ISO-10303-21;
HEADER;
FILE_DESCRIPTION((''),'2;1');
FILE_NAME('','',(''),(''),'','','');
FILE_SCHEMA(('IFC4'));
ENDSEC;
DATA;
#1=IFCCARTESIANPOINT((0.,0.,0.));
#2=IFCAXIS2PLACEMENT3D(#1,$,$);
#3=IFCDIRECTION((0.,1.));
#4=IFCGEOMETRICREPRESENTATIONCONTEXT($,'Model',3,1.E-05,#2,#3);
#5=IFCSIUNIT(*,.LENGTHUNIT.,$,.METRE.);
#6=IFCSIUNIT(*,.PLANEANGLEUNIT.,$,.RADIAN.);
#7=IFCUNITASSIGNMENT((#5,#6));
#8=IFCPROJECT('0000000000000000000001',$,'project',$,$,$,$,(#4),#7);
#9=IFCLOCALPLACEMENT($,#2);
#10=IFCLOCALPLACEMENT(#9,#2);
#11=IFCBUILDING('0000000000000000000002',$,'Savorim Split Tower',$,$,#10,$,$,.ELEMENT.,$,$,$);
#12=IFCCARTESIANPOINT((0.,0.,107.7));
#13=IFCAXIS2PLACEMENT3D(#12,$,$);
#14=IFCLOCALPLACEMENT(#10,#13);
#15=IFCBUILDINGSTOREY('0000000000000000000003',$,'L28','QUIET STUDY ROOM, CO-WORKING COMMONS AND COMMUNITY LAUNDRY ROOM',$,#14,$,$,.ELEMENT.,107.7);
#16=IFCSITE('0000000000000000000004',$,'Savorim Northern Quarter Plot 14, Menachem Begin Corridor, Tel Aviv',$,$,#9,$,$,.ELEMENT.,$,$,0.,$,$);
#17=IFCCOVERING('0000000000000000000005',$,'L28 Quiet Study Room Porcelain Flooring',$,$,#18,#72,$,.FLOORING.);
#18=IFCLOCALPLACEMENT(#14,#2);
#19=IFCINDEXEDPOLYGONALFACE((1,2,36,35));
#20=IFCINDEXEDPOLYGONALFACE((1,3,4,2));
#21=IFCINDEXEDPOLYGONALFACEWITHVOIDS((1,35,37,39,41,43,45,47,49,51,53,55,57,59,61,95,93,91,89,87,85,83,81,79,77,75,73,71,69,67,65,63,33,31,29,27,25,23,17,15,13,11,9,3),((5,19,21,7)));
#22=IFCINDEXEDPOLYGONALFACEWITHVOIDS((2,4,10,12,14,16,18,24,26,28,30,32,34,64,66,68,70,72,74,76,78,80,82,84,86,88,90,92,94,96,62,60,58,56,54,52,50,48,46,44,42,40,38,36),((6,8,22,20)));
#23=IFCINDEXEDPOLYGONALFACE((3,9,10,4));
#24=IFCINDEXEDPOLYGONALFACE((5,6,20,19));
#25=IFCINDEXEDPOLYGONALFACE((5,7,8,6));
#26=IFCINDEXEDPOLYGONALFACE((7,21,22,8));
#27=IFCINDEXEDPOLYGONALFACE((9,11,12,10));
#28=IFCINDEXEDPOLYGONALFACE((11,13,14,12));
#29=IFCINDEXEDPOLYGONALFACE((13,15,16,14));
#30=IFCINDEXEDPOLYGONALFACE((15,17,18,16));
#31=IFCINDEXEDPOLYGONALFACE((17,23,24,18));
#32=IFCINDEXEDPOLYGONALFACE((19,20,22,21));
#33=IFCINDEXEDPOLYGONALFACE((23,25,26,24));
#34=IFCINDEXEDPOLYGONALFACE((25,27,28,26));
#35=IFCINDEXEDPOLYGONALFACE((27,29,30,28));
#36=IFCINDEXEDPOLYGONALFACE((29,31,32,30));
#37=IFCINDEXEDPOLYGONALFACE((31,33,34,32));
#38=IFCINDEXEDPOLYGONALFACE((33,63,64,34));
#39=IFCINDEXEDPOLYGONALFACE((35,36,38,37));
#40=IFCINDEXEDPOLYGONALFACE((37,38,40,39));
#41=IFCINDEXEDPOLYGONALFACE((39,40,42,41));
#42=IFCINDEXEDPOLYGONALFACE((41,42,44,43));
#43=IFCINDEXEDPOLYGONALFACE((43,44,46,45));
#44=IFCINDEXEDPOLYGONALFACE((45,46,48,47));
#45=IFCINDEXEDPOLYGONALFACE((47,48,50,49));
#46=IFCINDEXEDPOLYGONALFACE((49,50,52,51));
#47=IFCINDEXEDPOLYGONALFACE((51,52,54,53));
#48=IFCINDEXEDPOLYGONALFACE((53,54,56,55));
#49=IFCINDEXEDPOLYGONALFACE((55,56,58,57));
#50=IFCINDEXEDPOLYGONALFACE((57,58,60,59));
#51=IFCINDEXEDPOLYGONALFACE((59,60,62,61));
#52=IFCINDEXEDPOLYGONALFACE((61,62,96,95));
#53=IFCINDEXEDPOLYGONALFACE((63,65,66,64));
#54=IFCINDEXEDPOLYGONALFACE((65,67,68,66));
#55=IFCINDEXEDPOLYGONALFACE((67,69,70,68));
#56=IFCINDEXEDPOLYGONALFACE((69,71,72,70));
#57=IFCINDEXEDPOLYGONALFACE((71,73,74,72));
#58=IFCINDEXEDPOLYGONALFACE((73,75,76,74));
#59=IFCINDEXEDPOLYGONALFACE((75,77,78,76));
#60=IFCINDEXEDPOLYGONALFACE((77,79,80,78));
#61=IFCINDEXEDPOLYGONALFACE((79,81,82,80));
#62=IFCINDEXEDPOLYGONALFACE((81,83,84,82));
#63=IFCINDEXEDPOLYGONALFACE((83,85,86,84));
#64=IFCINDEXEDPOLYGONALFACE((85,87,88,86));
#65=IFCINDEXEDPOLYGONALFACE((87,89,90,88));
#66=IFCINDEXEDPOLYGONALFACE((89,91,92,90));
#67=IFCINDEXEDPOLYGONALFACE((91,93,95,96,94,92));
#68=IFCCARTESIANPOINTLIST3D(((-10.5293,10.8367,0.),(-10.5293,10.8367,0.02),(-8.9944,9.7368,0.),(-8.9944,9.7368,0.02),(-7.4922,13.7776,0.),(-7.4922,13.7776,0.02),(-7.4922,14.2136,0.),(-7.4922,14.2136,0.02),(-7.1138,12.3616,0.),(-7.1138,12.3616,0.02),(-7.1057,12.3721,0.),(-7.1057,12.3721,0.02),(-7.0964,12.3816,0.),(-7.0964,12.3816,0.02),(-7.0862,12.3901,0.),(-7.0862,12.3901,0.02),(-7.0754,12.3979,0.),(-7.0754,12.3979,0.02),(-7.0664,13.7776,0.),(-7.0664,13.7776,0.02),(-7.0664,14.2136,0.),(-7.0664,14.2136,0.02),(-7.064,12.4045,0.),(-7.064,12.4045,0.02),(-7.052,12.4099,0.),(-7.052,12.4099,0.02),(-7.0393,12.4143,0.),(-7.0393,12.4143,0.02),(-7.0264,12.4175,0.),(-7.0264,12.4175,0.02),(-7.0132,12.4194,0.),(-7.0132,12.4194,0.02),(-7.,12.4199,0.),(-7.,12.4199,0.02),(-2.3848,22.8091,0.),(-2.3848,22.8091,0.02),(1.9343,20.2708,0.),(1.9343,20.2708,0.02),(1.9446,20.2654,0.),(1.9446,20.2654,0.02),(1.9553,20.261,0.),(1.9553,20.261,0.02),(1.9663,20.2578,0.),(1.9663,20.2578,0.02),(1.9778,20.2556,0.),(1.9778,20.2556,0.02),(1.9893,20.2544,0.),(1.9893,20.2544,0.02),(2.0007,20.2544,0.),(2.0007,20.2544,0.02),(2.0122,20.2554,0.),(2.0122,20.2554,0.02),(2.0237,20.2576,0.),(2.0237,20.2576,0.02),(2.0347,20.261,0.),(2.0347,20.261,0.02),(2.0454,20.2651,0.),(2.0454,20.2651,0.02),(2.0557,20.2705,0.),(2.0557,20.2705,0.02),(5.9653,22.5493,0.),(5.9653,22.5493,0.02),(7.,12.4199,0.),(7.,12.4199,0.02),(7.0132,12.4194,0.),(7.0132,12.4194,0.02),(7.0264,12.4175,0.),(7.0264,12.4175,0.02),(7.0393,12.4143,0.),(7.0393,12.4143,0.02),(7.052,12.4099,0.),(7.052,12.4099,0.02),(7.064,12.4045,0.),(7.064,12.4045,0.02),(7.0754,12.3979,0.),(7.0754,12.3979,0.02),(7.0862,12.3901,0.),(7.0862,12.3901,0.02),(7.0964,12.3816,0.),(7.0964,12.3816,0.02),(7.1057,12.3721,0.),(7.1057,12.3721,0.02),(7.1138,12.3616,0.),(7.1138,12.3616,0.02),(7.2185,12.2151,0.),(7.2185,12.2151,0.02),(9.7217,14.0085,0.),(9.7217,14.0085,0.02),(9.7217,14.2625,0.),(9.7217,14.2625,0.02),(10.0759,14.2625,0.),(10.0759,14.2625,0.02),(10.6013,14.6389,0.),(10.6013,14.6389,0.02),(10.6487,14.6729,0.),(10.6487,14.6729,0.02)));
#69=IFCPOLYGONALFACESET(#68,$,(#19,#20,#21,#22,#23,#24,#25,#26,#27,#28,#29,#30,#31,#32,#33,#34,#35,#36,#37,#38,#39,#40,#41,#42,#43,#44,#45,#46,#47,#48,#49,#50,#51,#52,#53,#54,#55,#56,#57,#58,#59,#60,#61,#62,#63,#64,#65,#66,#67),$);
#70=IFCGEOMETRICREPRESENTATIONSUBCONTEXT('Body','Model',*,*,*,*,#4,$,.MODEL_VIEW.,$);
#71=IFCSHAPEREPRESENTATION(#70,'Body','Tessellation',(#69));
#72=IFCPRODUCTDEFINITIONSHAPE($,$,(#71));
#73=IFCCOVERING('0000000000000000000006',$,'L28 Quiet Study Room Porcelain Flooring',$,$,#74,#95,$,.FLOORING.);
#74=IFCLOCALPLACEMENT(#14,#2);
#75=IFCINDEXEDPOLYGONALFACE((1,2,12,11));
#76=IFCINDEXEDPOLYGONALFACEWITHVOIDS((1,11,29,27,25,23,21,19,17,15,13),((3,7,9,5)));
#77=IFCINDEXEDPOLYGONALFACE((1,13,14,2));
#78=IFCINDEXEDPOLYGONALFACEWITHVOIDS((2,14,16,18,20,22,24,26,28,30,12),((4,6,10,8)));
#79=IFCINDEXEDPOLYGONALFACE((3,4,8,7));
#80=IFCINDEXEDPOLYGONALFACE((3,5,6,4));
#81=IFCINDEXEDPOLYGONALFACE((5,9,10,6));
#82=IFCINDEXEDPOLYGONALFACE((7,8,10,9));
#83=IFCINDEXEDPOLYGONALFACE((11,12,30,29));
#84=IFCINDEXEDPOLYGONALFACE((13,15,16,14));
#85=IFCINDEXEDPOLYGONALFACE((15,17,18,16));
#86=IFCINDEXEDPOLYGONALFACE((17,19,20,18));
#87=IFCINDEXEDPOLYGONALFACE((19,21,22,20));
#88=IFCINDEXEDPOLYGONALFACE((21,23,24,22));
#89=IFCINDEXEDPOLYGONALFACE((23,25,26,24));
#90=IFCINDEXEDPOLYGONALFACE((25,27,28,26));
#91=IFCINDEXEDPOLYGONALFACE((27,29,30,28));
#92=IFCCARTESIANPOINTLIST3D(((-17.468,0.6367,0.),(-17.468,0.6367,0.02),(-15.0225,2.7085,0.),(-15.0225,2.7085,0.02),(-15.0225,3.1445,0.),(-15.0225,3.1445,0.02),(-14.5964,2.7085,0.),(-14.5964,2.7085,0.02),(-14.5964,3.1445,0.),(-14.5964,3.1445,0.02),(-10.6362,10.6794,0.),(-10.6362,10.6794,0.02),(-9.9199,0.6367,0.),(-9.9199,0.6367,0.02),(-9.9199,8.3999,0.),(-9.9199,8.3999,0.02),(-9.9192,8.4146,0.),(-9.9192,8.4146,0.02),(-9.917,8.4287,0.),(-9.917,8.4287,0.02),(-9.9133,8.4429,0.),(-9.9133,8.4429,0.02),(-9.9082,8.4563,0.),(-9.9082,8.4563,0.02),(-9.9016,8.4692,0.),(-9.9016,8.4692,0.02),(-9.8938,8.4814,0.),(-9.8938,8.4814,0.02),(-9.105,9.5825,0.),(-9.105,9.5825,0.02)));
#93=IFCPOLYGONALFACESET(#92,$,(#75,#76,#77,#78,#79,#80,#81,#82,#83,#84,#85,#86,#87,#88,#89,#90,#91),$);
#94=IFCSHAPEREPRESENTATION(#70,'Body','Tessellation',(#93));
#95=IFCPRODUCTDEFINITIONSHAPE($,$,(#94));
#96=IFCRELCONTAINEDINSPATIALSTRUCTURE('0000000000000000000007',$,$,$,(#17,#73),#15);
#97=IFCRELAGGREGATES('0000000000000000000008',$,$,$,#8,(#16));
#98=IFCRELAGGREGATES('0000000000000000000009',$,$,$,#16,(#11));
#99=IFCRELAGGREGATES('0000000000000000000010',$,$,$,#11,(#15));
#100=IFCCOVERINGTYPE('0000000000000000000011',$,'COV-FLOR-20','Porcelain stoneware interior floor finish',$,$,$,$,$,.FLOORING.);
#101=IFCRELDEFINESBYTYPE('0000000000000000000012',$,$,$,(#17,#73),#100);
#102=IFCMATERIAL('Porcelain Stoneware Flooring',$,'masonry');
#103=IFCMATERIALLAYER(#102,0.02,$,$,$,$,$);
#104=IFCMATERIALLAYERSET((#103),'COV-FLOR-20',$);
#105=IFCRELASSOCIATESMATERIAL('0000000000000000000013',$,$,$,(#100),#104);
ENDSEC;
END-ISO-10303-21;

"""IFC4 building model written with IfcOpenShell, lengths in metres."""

from ifc_helpers import new_model, si_unit, direction, frame, origin, place, context, subcontext, project, spatial, polyline, outline, extrude, material, layer, layer_set, type_object, element, save


model = new_model("IFC4")

# Units and contexts
model_context = context("Model", 3, precision=1e-05, world=origin(), true_north=direction((0.0, 1.0)))
body_context = subcontext(model_context, "Body", "Model", "MODEL_VIEW")
ifc_project = project(units=[si_unit("LENGTHUNIT", "METRE"), si_unit("PLANEANGLEUNIT", "RADIAN")], contexts=[model_context])

# Site, building, storey
site_placement = place(None, origin())
site = spatial("IfcSite", under=ifc_project, at=site_placement, Name="Savorim Northern Quarter Plot 14, Menachem Begin Corridor, Tel Aviv", CompositionType="ELEMENT", RefElevation=0.0)
building_placement = place(site_placement, origin())
building = spatial("IfcBuilding", under=site, at=building_placement, Name="Savorim Split Tower", CompositionType="ELEMENT")
storey_placement = place(building_placement, frame((0.0, 0.0, 107.7)))
storey = spatial("IfcBuildingStorey", under=building, at=storey_placement, Name="L28", Description="QUIET STUDY ROOM, CO-WORKING COMMONS AND COMMUNITY LAUNDRY ROOM", CompositionType="ELEMENT", Elevation=107.7)

# Coverings
ifc_material_1 = material(Name="Porcelain Stoneware Flooring", Category="masonry")
ifc_layer_1 = layer(ifc_material_1, 0.02)
ifc_layer_set_1 = layer_set([ifc_layer_1], Name="COV-FLOR-20")
covering_type_1 = type_object("IfcCoveringType", Name="COV-FLOR-20", Description="Porcelain stoneware interior floor finish", PredefinedType="FLOORING", material=ifc_layer_set_1)
covering_1_placement = place(storey_placement, origin())
element("IfcCovering", 1, at=covering_1_placement, inside=storey, type_object=covering_type_1, Name="L28 Quiet Study Room Porcelain Flooring", PredefinedType="FLOORING", context=body_context, shape_type="SweptSolid", body=[
    extrude(outline(polyline([(1.9553, 20.261), (1.9446, 20.2654), (1.9343, 20.2708), (-2.3848, 22.8091), (-10.5293, 10.8367), (-8.9944, 9.7368), (-7.1138, 12.3616), (-7.1057, 12.3721), (-7.0964, 12.3816), (-7.0862, 12.3901), (-7.0754, 12.3979), (-7.064, 12.4045), (-7.052, 12.4099), (-7.0393, 12.4143), (-7.0264, 12.4175), (-7.0132, 12.4194), (-7.0, 12.4199), (7.0, 12.4199), (7.0132, 12.4194), (7.0264, 12.4175), (7.0393, 12.4143), (7.052, 12.4099), (7.064, 12.4045), (7.0754, 12.3979), (7.0862, 12.3901), (7.0964, 12.3816), (7.1057, 12.3721), (7.1138, 12.3616), (7.2185, 12.2151), (9.7217, 14.0085), (9.7217, 14.2625), (10.0759, 14.2625), (10.6013, 14.6389), (10.6487, 14.6729), (5.9653, 22.5493), (2.0557, 20.2705), (2.0454, 20.2651), (2.0347, 20.261), (2.0237, 20.2576), (2.0122, 20.2554), (2.0007, 20.2544), (1.9893, 20.2544), (1.9778, 20.2556), (1.9663, 20.2578), (1.9553, 20.261)]), holes=[polyline([(-7.0664, 14.2136), (-7.4922, 14.2136), (-7.4922, 13.7776), (-7.0664, 13.7776), (-7.0664, 14.2136)])]), origin(), (0.0, 0.0, 1.0), 0.02),
])
covering_2_placement = place(storey_placement, origin())
element("IfcCovering", 2, at=covering_2_placement, inside=storey, type_object=covering_type_1, Name="L28 Quiet Study Room Porcelain Flooring", PredefinedType="FLOORING", context=body_context, shape_type="SweptSolid", body=[
    extrude(outline(polyline([(-9.9082, 8.4563), (-9.9016, 8.4692), (-9.8938, 8.4814), (-9.105, 9.5825), (-10.6362, 10.6794), (-17.468, 0.6367), (-9.9199, 0.6367), (-9.9199, 8.3999), (-9.9192, 8.4146), (-9.917, 8.4287), (-9.9133, 8.4429), (-9.9082, 8.4563)]), holes=[polyline([(-15.0225, 3.1445), (-15.0225, 2.7085), (-14.5964, 2.7085), (-14.5964, 3.1445), (-15.0225, 3.1445)])]), origin(), (0.0, 0.0, 1.0), 0.02),
])

save(model, "model.ifc")
